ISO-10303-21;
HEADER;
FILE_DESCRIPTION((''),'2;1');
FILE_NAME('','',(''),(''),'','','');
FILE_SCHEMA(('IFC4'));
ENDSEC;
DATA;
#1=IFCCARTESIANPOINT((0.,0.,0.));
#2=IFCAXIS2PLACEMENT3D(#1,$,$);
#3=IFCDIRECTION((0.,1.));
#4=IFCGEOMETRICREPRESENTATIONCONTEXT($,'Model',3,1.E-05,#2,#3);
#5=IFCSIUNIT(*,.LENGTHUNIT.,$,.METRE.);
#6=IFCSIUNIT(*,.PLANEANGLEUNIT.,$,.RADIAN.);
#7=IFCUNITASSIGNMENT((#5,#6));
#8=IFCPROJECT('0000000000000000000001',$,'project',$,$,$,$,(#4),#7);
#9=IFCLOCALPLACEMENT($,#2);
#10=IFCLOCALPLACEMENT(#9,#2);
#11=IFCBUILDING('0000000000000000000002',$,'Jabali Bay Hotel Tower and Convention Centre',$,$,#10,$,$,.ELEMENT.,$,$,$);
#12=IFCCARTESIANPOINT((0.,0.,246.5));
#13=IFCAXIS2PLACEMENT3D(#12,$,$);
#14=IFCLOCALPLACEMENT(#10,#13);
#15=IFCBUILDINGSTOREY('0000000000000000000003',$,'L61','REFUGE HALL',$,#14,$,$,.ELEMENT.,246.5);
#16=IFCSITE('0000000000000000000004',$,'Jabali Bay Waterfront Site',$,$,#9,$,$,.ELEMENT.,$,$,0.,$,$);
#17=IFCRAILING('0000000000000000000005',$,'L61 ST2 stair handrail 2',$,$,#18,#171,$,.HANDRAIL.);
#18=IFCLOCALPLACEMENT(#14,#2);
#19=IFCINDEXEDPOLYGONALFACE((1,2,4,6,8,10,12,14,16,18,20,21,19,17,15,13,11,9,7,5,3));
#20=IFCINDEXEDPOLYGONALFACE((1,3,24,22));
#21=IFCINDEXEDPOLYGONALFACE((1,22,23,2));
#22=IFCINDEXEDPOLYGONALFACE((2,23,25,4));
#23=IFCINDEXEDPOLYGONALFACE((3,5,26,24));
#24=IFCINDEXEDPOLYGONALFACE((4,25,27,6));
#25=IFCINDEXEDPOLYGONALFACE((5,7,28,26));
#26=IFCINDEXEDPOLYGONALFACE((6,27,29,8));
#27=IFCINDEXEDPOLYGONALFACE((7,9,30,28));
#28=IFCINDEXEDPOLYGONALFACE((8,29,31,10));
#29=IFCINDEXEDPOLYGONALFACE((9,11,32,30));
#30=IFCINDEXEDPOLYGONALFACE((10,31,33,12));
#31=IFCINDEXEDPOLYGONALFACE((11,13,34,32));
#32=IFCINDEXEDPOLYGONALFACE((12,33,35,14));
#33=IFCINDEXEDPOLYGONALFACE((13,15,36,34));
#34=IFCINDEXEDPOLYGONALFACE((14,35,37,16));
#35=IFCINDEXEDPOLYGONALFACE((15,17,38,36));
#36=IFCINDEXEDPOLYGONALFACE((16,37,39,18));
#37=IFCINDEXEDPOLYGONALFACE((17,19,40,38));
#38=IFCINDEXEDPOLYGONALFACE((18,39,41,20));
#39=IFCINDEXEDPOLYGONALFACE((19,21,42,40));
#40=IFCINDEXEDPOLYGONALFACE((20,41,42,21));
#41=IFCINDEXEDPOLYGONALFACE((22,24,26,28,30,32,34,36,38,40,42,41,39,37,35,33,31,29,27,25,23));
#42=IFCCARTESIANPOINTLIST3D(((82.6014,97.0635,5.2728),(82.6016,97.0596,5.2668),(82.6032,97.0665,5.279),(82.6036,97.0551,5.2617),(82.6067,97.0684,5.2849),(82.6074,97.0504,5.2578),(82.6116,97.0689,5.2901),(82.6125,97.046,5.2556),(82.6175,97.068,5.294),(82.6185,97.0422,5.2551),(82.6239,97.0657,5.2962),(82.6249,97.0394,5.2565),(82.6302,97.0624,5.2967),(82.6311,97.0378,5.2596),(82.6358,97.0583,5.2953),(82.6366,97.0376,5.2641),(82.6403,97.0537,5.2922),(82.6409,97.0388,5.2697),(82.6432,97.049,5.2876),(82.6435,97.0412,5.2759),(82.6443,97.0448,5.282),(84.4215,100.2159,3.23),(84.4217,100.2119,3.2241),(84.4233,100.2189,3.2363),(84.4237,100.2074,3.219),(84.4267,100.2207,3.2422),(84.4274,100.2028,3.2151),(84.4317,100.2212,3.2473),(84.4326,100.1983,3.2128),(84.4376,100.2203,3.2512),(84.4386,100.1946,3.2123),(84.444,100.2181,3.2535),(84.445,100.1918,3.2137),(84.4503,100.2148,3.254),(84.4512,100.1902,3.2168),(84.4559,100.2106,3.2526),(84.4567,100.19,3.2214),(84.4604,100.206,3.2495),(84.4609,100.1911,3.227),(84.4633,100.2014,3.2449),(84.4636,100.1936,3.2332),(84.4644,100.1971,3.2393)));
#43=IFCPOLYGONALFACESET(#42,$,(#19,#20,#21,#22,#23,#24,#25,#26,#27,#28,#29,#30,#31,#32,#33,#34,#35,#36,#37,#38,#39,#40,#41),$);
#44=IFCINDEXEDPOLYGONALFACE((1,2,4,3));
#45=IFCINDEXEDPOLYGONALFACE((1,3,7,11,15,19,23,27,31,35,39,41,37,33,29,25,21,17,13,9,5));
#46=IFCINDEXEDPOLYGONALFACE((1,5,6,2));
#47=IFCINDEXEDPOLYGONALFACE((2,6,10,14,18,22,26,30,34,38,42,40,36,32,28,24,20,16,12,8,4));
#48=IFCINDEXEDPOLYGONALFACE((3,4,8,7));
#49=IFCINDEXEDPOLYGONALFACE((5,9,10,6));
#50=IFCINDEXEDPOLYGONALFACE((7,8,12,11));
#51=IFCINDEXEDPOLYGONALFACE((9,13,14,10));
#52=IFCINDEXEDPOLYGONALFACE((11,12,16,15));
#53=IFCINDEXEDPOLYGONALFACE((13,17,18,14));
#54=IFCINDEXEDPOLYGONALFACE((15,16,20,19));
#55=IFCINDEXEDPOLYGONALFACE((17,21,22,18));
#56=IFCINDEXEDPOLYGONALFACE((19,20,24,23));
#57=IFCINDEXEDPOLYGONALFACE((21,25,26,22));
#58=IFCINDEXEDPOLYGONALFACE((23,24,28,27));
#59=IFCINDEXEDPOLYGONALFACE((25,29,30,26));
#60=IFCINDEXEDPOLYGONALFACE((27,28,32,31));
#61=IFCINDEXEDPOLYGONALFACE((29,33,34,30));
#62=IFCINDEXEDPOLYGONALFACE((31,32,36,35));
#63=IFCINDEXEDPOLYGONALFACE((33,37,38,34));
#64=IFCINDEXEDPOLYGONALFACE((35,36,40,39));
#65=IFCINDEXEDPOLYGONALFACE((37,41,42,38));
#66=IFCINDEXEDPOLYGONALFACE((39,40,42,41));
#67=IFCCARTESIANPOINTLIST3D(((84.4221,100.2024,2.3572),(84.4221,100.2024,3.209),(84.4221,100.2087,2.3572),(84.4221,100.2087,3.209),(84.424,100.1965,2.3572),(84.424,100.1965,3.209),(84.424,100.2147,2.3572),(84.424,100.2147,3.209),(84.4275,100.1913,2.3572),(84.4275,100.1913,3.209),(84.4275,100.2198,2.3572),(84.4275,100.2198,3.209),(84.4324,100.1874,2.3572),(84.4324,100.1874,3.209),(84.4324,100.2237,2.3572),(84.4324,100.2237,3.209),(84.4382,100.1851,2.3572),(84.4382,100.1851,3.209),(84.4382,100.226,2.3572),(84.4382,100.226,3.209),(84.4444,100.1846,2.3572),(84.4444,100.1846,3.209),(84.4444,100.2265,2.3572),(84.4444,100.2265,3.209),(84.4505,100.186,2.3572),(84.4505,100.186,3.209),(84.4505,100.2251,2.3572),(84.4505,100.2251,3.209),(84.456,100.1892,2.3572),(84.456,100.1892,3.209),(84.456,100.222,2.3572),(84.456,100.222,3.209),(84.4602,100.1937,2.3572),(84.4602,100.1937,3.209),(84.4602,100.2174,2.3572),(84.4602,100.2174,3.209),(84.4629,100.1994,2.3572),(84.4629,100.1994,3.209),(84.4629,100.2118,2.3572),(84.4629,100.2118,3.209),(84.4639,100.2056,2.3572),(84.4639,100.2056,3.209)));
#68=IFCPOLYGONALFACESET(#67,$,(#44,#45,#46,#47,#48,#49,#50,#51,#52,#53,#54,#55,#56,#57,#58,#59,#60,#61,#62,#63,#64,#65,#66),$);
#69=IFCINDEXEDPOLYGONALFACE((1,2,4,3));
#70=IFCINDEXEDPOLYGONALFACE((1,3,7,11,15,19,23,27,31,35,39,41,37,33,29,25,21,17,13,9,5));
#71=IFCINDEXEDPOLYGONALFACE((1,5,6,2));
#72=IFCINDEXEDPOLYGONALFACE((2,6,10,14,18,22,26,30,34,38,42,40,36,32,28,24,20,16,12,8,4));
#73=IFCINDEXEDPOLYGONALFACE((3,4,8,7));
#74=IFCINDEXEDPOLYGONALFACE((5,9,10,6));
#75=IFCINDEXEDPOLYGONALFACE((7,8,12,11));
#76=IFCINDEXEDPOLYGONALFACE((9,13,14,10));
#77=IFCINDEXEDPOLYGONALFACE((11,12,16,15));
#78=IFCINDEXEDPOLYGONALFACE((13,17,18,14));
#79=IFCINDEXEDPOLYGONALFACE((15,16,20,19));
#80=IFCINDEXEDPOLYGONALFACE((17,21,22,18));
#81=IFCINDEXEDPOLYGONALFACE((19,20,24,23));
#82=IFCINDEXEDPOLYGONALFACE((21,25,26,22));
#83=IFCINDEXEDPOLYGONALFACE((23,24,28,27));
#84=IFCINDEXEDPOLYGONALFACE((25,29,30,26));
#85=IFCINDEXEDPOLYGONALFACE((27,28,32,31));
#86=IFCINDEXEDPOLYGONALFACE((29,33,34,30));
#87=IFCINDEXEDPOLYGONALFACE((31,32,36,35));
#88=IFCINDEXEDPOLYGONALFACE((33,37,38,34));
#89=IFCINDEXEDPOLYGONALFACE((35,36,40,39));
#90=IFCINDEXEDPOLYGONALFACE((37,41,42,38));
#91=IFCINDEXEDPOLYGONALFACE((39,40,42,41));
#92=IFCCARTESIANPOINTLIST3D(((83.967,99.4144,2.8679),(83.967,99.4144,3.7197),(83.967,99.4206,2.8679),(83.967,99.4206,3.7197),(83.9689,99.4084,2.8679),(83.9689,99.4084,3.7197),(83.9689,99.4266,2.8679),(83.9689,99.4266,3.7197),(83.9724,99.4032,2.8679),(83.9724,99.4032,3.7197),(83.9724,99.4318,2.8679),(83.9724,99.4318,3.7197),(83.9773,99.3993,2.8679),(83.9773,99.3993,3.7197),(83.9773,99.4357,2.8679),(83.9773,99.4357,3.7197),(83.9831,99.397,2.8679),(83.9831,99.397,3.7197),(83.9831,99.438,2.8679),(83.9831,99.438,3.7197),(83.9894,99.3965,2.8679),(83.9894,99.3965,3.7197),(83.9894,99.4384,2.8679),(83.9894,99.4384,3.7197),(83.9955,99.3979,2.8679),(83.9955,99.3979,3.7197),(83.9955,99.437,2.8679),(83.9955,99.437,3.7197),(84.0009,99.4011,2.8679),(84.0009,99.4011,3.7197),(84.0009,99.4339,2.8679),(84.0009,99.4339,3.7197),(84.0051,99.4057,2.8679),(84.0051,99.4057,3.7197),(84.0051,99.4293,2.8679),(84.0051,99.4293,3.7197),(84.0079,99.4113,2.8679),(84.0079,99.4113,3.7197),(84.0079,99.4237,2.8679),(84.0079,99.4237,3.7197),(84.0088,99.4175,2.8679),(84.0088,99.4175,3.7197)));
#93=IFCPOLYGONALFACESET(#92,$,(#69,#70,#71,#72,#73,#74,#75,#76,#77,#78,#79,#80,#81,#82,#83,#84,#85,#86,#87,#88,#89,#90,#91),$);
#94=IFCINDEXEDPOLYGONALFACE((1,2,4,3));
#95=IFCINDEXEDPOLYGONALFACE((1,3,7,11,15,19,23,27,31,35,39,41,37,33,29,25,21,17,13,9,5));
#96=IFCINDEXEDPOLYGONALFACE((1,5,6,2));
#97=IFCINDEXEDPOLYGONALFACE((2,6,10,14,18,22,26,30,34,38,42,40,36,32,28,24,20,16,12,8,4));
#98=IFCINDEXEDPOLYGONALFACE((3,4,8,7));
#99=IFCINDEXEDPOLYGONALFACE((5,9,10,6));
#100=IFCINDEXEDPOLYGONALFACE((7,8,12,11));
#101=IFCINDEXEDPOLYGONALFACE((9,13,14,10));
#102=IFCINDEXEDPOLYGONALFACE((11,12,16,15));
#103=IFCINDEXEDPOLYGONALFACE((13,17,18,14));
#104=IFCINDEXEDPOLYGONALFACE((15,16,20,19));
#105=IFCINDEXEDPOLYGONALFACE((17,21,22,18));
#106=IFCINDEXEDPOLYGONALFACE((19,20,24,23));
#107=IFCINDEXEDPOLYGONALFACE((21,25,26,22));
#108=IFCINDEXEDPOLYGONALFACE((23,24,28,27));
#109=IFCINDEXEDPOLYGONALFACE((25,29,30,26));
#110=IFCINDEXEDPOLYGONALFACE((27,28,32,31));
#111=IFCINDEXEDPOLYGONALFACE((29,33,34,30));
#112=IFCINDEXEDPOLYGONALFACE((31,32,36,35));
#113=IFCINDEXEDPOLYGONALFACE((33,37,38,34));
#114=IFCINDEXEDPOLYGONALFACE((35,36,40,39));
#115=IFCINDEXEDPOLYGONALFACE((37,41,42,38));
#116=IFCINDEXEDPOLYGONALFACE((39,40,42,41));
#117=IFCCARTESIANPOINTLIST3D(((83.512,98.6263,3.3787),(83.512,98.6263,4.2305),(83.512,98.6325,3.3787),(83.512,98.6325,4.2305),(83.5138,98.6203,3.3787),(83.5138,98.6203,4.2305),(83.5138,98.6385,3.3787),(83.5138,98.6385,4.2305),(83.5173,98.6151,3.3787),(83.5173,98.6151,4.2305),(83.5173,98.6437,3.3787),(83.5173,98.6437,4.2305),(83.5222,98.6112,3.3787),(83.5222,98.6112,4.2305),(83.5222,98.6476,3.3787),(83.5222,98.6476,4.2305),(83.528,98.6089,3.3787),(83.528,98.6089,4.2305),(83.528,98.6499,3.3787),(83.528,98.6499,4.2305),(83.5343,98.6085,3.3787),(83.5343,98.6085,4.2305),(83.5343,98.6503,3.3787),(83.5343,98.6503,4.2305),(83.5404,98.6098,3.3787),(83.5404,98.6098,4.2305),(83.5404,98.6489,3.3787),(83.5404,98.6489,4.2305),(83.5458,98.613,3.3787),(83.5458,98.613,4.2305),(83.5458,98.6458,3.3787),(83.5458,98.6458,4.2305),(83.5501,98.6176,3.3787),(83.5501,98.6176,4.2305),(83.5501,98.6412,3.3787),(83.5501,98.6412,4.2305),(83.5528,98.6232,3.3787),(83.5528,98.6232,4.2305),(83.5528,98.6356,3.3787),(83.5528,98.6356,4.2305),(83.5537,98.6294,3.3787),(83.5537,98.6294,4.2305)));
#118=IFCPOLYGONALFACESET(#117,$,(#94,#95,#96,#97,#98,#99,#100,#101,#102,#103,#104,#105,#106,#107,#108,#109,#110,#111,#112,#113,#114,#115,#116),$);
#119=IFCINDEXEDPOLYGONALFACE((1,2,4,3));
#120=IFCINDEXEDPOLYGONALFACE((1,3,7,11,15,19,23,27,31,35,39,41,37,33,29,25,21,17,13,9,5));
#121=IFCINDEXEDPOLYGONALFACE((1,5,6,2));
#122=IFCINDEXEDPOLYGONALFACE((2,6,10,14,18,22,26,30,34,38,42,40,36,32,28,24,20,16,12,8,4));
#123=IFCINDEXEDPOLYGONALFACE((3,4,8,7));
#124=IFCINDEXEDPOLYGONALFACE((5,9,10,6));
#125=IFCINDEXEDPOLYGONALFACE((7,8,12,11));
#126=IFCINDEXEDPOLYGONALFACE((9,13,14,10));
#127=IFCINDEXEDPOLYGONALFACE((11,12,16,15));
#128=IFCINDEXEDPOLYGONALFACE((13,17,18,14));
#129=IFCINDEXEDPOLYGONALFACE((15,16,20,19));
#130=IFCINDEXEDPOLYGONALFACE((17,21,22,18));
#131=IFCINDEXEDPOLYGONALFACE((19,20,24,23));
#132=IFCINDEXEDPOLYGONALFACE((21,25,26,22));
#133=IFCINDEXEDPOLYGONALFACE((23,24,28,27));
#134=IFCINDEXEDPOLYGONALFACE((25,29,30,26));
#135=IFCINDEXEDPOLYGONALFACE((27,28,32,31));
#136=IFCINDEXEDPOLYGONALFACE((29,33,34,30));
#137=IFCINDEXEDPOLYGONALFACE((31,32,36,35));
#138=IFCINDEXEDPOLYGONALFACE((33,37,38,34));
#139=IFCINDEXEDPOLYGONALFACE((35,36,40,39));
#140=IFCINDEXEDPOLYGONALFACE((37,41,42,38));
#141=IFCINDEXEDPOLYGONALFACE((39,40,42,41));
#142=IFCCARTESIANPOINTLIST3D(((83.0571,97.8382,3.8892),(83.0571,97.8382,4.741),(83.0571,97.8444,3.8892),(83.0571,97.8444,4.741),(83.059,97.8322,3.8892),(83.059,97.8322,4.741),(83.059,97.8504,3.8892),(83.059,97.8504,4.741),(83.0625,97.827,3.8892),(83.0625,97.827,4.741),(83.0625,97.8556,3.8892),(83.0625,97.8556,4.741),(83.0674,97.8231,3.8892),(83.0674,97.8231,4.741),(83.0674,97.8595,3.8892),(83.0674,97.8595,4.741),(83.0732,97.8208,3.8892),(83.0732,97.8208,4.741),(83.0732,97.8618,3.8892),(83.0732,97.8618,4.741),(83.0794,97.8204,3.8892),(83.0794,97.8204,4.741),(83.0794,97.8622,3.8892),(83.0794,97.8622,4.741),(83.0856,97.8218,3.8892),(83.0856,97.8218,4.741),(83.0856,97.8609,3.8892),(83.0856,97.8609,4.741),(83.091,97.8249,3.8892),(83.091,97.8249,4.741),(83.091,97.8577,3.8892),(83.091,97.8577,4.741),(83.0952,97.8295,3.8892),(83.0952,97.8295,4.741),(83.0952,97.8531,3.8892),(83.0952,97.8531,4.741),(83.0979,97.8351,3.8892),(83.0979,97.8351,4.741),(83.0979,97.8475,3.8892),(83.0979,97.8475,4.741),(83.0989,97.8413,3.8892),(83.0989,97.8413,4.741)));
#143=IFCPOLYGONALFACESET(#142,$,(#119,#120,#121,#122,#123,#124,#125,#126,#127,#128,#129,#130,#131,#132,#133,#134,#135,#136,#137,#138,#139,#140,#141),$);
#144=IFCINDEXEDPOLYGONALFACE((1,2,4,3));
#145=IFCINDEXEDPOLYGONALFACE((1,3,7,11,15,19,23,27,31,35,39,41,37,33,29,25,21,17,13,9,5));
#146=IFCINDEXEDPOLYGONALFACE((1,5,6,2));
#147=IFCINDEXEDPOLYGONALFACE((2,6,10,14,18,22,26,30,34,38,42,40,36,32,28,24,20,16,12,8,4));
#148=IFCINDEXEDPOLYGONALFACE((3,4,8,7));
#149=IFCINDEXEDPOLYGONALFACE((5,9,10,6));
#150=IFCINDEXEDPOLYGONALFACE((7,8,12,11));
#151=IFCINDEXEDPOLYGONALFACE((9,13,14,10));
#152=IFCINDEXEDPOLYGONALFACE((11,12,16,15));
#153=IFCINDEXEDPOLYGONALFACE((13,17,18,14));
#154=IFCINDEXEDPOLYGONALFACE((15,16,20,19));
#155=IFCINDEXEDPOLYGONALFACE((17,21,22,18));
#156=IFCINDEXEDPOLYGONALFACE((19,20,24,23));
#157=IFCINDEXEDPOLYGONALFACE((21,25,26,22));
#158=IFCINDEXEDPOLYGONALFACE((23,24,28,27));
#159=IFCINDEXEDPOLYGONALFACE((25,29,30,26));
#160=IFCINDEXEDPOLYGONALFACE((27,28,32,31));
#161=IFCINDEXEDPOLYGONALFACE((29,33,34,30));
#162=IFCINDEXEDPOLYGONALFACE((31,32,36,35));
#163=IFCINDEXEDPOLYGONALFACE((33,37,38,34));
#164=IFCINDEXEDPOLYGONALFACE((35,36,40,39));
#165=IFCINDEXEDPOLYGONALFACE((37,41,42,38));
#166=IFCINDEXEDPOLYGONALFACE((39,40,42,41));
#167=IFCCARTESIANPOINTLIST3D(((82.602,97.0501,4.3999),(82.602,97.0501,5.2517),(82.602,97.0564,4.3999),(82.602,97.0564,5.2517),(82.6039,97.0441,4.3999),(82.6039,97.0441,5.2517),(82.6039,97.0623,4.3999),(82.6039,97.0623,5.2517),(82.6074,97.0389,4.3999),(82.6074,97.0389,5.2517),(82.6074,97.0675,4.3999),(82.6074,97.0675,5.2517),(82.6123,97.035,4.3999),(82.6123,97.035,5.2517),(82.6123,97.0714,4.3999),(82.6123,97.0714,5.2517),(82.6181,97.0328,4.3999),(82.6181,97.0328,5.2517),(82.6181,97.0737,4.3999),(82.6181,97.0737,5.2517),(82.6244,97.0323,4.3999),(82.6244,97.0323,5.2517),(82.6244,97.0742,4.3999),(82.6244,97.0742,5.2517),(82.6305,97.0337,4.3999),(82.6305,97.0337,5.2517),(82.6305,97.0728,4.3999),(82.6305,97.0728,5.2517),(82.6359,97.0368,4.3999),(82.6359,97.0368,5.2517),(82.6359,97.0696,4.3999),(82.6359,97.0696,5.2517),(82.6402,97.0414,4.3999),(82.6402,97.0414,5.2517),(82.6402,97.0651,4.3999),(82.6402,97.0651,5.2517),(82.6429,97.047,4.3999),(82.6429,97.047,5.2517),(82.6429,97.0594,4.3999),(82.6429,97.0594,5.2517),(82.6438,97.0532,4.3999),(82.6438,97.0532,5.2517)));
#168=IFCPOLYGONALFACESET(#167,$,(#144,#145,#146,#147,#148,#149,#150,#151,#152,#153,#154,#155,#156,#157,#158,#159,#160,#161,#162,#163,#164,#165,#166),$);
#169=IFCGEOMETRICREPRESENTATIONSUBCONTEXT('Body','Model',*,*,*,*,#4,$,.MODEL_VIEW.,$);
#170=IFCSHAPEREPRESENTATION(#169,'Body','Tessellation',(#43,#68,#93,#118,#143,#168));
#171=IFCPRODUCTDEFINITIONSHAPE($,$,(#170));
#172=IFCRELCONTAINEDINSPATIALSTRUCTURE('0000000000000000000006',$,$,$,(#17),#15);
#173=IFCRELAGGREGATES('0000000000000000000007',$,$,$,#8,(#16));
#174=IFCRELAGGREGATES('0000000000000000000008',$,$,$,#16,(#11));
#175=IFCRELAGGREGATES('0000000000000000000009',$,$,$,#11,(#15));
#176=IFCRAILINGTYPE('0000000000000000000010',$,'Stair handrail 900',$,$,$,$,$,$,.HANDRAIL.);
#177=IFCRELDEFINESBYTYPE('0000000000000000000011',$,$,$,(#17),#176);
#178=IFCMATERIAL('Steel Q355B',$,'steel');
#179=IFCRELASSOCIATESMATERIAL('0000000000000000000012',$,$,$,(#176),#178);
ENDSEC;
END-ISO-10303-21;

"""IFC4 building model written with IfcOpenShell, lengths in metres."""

from ifc_helpers import new_model, si_unit, direction, frame, origin, origin_2d, place, context, subcontext, project, spatial, circle, extrude, material, type_object, element, save


model = new_model("IFC4")

# Units and contexts
model_context = context("Model", 3, precision=1e-05, world=origin(), true_north=direction((0.0, 1.0)))
body_context = subcontext(model_context, "Body", "Model", "MODEL_VIEW")
ifc_project = project(units=[si_unit("LENGTHUNIT", "METRE"), si_unit("PLANEANGLEUNIT", "RADIAN")], contexts=[model_context])

# Site, building, storey
site_placement = place(None, origin())
site = spatial("IfcSite", under=ifc_project, at=site_placement, Name="Jabali Bay Waterfront Site", CompositionType="ELEMENT", RefElevation=0.0)
building_placement = place(site_placement, origin())
building = spatial("IfcBuilding", under=site, at=building_placement, Name="Jabali Bay Hotel Tower and Convention Centre", CompositionType="ELEMENT")
storey_placement = place(building_placement, frame((0.0, 0.0, 246.5)))
storey = spatial("IfcBuildingStorey", under=building, at=storey_placement, Name="L61", Description="REFUGE HALL", CompositionType="ELEMENT", Elevation=246.5)

# Railing
ifc_material_1 = material(Name="Steel Q355B", Category="steel")
railing_type_1 = type_object("IfcRailingType", Name="Stair handrail 900", PredefinedType="HANDRAIL", material=ifc_material_1)
railing_1_placement = place(storey_placement, frame((84.4429, 100.2056, 2.3572)))
element("IfcRailing", 1, at=railing_1_placement, inside=storey, type_object=railing_type_1, Name="L61 ST2 stair handrail 2", PredefinedType="HANDRAIL", context=body_context, shape_type="SweptSolid", body=[
    extrude(circle(Radius=0.0239, at=origin_2d()), frame((0.0, 0.0, 0.876), z_axis=(-0.436044, -0.755225, 0.489387), x_axis=(0.866018, -0.500013, 0.0)), (0.0, 0.0, 1.0), 4.1741),
    extrude(circle(Radius=0.021, at=origin_2d()), origin(), (0.0, 0.0, 1.0), 0.8518),
    extrude(circle(Radius=0.021, at=origin_2d()), frame((-0.4551, -0.7881, 0.5107)), (0.0, 0.0, 1.0), 0.8518),
    extrude(circle(Radius=0.021, at=origin_2d()), frame((-0.9102, -1.5762, 1.0215)), (0.0, 0.0, 1.0), 0.8518),
    extrude(circle(Radius=0.021, at=origin_2d()), frame((-1.365, -2.3643, 1.532)), (0.0, 0.0, 1.0), 0.8518),
    extrude(circle(Radius=0.021, at=origin_2d()), frame((-1.8201, -3.1523, 2.0427)), (0.0, 0.0, 1.0), 0.8518),
])

save(model, "model.ifc")
